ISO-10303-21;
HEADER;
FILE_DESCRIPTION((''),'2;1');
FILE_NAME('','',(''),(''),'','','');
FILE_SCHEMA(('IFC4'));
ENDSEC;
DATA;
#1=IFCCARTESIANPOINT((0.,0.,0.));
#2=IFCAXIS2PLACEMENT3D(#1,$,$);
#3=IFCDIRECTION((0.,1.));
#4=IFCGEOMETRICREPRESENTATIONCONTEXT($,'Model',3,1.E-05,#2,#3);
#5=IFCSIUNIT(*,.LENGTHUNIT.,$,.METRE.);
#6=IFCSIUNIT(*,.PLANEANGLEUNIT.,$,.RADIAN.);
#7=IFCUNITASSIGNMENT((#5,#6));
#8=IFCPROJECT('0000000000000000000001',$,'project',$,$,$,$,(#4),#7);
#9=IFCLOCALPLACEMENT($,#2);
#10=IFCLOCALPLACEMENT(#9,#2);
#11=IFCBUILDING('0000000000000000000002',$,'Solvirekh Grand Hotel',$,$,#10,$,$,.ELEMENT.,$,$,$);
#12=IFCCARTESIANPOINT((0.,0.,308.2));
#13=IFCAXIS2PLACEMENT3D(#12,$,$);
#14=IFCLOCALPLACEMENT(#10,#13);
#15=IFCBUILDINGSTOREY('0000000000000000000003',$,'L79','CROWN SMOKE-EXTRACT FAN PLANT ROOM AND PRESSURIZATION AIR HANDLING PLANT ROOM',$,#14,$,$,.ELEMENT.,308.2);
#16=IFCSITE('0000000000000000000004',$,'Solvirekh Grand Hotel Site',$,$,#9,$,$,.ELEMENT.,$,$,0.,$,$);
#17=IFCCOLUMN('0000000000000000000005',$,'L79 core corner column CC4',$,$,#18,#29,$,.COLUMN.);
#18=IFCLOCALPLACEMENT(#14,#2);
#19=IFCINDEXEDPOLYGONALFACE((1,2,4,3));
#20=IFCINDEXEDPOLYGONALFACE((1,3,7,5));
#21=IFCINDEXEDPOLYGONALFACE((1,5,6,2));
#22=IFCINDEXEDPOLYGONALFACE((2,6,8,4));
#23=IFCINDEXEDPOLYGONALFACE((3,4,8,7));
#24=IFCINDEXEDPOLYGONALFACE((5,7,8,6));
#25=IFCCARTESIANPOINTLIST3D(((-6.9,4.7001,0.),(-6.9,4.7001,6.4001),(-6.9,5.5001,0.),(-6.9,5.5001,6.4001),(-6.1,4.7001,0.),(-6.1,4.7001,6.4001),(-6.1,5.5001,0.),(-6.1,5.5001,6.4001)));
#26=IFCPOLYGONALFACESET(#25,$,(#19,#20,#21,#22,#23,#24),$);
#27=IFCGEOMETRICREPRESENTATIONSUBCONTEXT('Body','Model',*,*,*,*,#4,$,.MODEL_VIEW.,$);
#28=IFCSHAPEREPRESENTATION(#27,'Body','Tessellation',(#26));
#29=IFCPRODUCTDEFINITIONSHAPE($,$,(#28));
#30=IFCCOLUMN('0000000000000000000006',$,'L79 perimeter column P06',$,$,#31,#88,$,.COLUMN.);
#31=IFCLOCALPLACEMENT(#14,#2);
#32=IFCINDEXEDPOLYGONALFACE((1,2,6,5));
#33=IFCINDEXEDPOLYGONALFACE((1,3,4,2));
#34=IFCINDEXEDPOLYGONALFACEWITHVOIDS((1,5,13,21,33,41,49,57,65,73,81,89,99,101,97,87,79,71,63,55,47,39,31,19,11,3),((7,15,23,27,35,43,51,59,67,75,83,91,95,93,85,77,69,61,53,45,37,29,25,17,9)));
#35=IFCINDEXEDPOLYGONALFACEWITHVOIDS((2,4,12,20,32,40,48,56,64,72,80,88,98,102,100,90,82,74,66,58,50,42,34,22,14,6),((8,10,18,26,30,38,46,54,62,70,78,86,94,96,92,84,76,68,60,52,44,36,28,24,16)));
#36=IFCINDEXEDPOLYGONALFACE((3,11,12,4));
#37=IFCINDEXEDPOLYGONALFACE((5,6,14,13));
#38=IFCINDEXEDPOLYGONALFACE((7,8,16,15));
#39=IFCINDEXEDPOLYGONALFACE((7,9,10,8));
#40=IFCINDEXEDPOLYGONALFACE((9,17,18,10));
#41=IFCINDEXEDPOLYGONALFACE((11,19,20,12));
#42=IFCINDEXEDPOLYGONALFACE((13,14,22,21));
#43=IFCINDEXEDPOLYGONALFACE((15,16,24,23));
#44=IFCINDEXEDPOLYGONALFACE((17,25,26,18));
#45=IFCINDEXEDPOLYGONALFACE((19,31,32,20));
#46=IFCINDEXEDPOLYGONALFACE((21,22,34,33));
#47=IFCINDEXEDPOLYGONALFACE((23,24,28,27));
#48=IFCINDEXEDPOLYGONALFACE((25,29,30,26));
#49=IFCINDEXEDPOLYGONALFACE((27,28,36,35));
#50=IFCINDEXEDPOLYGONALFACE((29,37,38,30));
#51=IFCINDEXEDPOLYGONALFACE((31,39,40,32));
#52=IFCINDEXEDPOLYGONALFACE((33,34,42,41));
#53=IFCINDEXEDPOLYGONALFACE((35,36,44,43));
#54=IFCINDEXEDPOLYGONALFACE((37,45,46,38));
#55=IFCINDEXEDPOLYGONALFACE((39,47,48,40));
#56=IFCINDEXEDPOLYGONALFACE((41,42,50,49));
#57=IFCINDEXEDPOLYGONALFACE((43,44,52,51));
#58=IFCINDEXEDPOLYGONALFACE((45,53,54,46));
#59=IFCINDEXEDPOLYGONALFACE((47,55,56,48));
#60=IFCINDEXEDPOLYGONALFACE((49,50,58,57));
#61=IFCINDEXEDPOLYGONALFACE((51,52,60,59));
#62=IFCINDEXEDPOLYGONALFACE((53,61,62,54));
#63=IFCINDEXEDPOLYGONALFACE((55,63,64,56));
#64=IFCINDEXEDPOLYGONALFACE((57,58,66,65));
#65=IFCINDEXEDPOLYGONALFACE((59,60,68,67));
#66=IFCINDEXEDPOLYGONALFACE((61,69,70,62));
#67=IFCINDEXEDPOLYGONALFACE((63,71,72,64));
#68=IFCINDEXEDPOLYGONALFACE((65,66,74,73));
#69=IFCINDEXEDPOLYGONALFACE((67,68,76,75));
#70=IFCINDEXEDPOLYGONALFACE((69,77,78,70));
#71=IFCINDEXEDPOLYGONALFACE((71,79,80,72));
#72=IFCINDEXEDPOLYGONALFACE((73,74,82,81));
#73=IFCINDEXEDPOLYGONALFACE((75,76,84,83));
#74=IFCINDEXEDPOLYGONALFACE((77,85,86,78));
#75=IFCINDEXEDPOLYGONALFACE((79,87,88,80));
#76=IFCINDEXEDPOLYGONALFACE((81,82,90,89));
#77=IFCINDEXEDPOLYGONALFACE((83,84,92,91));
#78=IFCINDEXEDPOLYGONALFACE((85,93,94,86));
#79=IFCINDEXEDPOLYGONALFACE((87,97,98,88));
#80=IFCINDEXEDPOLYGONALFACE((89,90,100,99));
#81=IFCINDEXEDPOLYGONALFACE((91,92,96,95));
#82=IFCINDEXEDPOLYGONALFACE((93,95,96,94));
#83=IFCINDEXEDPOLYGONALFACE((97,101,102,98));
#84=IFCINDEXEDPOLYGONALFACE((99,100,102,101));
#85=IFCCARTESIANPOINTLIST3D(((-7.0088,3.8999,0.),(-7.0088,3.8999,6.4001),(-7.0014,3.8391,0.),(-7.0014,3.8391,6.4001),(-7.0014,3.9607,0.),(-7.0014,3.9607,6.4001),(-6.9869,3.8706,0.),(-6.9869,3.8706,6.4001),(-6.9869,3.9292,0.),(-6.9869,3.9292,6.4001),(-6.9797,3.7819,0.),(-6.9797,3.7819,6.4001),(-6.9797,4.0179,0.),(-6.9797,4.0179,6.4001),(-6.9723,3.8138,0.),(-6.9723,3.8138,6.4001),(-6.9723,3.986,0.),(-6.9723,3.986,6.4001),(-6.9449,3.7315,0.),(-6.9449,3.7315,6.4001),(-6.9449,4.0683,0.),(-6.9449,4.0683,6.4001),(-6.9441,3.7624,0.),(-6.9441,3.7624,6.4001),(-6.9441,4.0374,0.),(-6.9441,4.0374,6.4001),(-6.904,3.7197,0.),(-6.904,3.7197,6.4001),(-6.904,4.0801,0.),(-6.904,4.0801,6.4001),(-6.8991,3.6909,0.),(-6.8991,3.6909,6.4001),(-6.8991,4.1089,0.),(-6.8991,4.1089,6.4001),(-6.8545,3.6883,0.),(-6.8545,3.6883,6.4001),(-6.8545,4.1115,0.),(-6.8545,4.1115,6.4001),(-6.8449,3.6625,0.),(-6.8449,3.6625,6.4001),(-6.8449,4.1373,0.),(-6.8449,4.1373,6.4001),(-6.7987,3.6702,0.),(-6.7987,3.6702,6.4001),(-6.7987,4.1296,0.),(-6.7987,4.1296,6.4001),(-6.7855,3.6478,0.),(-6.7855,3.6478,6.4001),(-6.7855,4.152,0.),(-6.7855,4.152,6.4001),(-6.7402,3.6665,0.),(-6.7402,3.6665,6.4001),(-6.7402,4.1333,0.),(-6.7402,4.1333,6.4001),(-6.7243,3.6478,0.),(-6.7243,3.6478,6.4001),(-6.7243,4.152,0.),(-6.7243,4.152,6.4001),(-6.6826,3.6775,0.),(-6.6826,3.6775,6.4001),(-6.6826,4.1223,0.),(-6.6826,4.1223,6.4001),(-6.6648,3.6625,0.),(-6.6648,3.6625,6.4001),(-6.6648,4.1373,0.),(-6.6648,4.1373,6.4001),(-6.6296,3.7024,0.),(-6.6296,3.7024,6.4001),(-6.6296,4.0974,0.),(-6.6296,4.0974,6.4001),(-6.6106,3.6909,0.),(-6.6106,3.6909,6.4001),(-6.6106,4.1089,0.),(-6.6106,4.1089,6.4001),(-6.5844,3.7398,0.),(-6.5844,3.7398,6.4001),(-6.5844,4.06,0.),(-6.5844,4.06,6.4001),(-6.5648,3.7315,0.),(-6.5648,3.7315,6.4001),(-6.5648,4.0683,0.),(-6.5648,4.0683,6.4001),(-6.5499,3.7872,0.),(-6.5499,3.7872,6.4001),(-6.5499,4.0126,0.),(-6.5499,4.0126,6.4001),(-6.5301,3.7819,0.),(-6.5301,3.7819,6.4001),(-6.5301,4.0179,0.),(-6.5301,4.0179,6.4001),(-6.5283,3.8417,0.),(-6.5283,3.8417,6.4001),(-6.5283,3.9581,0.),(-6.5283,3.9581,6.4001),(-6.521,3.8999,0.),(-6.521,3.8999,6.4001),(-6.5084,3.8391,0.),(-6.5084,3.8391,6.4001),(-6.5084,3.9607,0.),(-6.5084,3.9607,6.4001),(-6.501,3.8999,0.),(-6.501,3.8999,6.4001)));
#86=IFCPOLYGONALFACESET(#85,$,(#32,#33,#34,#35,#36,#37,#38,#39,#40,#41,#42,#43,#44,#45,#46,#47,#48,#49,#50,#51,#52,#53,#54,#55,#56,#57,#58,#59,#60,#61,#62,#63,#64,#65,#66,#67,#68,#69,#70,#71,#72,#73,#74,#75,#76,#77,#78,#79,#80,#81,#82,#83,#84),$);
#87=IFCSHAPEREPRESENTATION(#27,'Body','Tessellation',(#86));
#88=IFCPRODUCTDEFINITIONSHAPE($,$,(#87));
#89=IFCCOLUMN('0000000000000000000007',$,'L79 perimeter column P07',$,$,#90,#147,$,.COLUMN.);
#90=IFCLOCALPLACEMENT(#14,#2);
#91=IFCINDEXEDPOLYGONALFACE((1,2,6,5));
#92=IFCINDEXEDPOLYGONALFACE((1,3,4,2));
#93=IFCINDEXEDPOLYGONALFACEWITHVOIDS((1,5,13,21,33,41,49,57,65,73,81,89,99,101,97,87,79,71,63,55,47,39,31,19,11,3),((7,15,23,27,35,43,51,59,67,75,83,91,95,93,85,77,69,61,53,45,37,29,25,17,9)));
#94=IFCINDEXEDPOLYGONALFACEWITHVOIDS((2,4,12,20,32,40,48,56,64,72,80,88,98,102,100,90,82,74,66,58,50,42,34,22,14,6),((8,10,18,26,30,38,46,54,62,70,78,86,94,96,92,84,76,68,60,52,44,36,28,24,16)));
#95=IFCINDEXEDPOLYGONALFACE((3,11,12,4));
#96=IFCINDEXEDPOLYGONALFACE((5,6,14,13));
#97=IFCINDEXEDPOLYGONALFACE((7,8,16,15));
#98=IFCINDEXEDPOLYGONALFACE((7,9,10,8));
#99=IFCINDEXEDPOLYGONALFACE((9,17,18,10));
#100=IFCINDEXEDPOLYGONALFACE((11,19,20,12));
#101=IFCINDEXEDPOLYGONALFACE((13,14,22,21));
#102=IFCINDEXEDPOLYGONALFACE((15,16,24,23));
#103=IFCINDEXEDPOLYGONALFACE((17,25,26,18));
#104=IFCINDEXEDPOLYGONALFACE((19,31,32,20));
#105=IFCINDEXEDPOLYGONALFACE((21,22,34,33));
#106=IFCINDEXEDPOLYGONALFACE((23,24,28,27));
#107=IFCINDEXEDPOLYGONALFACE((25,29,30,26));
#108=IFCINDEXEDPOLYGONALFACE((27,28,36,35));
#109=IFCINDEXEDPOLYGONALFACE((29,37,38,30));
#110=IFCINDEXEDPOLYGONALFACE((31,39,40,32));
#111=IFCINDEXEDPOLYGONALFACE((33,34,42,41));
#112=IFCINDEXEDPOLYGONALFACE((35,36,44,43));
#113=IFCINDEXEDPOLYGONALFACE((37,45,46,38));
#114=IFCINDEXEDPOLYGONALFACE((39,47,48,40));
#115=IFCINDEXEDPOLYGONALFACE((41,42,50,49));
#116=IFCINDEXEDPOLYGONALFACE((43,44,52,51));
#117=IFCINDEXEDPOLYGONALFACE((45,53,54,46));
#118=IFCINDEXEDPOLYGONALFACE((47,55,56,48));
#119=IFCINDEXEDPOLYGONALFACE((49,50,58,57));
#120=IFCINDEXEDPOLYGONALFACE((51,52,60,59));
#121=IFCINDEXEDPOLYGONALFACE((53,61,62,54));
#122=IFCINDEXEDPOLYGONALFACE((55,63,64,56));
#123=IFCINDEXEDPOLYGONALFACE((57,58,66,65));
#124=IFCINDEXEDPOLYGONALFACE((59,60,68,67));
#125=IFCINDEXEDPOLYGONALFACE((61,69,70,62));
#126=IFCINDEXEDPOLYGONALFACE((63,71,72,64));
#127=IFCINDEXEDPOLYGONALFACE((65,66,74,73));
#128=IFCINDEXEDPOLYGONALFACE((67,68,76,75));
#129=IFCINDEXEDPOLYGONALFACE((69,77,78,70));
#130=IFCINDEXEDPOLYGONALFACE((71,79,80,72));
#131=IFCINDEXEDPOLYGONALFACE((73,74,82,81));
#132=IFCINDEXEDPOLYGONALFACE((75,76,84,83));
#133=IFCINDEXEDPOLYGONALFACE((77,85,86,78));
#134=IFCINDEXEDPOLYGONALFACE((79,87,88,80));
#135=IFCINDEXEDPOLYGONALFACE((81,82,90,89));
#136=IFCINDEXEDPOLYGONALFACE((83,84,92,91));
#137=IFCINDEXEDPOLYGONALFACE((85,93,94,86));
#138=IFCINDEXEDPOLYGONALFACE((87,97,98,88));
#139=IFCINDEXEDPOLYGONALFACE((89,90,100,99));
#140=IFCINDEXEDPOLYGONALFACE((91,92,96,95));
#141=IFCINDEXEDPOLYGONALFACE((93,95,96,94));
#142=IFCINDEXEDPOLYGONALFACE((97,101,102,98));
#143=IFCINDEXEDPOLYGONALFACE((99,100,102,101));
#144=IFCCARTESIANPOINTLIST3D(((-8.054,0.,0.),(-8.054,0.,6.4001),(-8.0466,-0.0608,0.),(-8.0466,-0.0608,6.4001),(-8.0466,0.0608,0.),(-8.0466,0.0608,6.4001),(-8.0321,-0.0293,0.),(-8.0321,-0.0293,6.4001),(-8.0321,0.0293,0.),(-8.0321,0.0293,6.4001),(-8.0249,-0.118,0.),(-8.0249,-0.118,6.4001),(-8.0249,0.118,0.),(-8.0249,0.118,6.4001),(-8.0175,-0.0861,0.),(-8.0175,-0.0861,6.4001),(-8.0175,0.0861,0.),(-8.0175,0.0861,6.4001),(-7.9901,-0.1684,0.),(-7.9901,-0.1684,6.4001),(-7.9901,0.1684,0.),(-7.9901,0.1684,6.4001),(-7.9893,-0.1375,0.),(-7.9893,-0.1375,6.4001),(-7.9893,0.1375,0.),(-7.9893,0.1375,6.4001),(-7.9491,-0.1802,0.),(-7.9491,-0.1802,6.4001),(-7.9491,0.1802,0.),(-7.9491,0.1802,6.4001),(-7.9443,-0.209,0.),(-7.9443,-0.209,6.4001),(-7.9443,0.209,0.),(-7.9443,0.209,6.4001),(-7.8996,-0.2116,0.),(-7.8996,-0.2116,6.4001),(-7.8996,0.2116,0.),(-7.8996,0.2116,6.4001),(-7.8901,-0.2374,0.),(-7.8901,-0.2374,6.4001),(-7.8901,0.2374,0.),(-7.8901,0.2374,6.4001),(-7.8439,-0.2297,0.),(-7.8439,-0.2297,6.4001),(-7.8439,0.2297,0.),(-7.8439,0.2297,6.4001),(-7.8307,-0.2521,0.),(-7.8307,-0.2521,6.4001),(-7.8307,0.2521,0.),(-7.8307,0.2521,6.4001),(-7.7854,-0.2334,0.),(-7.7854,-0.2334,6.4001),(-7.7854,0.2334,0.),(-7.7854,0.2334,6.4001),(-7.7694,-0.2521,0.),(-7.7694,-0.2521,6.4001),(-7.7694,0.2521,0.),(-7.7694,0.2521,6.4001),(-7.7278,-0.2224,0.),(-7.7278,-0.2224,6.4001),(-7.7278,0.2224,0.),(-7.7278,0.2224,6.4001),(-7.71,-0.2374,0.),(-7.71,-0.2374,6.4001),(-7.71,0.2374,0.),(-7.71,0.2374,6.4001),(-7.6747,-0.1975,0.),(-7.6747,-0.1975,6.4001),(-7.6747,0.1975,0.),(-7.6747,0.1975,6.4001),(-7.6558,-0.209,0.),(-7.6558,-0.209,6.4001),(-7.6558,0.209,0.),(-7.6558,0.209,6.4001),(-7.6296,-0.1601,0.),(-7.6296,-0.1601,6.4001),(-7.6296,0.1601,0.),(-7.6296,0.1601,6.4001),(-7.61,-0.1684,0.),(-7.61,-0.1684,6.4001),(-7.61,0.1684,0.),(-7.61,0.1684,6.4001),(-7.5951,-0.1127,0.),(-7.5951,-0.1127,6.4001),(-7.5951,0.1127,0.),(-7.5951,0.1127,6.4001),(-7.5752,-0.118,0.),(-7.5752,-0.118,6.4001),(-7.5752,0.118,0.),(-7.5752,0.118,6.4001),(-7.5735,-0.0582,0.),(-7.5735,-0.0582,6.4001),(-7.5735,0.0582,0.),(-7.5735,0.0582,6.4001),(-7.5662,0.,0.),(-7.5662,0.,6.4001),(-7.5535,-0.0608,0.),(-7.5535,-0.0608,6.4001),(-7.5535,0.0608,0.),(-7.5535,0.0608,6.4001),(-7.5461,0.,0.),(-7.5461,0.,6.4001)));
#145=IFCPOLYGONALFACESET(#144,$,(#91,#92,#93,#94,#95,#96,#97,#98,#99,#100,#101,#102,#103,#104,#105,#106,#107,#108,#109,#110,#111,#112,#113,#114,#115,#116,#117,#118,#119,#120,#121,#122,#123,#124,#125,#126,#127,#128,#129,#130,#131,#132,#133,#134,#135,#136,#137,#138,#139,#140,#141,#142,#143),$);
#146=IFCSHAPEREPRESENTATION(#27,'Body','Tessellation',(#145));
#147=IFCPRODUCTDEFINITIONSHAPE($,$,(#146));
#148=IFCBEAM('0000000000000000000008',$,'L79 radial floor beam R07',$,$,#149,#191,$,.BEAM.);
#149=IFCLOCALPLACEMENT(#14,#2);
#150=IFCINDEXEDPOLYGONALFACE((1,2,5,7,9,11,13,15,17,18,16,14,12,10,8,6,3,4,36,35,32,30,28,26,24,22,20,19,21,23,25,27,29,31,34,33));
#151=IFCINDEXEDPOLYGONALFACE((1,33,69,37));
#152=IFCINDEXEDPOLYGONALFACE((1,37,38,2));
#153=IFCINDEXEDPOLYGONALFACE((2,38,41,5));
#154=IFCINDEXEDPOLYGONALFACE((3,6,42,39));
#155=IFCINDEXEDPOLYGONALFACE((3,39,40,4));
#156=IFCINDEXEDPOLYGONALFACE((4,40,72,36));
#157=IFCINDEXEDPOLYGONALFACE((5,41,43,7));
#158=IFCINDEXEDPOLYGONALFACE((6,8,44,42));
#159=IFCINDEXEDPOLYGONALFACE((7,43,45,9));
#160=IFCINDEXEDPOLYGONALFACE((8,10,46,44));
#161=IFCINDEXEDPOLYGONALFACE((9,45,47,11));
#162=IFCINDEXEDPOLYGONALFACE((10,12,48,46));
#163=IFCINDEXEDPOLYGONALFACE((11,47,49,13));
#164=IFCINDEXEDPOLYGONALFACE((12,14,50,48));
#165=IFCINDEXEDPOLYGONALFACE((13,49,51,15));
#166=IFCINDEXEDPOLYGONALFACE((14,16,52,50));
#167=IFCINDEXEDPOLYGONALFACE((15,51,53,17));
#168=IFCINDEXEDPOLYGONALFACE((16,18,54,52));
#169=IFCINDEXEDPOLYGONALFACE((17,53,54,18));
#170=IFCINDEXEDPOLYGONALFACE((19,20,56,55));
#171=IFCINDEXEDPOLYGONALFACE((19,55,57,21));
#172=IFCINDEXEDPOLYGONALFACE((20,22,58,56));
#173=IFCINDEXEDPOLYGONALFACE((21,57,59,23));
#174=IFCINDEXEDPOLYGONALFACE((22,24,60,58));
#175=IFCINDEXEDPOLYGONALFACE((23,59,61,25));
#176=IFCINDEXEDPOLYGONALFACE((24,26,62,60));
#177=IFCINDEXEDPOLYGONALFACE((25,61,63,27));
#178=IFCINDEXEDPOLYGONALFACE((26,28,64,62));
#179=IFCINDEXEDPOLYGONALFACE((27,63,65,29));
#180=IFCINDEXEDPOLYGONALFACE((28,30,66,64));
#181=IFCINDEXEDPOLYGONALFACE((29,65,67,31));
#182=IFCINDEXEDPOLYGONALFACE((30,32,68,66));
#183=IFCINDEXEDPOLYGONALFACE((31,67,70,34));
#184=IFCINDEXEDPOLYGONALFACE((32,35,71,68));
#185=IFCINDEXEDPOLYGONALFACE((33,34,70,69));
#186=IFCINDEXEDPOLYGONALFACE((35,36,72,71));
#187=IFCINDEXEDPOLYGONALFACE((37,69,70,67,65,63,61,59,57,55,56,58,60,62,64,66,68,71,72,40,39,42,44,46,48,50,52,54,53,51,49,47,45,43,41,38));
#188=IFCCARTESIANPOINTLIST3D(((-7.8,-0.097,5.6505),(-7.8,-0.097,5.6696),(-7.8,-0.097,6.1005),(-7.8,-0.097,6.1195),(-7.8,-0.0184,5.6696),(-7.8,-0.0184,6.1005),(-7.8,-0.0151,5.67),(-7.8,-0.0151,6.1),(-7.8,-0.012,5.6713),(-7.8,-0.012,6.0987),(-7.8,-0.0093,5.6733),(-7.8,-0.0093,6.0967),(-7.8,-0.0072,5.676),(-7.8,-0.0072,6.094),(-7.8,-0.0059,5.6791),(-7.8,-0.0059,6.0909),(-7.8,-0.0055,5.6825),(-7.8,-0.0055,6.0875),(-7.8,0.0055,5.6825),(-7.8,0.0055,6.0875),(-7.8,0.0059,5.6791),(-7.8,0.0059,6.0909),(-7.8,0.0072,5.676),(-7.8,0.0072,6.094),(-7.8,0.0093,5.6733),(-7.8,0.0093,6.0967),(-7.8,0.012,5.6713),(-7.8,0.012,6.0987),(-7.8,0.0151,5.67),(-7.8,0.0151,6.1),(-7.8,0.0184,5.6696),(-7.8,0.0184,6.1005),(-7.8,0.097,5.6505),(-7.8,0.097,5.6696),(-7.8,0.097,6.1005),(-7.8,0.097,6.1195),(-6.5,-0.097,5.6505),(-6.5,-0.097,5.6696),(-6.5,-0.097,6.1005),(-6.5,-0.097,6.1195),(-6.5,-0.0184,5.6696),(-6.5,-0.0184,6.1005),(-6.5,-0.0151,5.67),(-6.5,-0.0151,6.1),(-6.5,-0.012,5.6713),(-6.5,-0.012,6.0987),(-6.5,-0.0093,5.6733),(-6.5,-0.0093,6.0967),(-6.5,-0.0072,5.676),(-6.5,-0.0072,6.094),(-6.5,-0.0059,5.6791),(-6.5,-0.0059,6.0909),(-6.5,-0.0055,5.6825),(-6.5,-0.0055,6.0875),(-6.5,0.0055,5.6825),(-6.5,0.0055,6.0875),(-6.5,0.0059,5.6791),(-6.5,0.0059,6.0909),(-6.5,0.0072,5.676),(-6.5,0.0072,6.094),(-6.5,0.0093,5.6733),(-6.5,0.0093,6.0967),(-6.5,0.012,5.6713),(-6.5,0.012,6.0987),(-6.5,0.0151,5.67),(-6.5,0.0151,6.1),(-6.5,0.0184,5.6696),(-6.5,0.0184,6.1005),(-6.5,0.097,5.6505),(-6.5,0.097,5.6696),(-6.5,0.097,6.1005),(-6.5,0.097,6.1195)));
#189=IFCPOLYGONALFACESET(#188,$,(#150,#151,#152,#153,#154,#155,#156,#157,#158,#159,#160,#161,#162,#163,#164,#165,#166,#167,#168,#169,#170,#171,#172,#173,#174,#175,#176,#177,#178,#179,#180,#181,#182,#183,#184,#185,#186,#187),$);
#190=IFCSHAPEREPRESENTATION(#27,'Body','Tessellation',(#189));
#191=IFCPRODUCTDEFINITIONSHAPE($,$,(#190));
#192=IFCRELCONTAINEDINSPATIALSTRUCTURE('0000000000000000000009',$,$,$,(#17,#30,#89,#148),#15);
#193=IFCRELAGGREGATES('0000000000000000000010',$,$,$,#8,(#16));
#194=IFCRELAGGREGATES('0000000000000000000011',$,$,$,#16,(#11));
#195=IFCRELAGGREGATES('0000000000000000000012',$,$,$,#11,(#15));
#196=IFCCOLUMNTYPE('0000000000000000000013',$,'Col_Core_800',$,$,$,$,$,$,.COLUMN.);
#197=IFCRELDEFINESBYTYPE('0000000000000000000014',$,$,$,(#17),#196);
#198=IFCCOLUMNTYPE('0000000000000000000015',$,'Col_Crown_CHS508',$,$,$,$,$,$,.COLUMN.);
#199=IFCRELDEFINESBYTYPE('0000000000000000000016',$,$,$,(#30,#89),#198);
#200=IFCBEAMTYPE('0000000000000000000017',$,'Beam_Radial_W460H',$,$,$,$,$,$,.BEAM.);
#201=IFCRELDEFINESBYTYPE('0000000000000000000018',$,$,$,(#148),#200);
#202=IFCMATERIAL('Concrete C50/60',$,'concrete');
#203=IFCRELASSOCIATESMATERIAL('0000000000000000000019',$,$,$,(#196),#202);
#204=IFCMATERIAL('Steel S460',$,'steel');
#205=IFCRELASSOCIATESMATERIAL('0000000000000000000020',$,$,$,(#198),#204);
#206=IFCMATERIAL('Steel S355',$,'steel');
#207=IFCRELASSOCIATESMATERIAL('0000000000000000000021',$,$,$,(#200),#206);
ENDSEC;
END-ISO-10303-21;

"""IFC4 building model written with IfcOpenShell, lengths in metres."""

from ifc_helpers import new_model, si_unit, direction, frame, origin, origin_2d, place, context, subcontext, project, spatial, rectangle, hollow_circle, i_section, extrude, material, material_profile, profile_set, type_object, element, save


model = new_model("IFC4")

# Units and contexts
model_context = context("Model", 3, precision=1e-05, world=origin(), true_north=direction((0.0, 1.0)))
body_context = subcontext(model_context, "Body", "Model", "MODEL_VIEW")
ifc_project = project(units=[si_unit("LENGTHUNIT", "METRE"), si_unit("PLANEANGLEUNIT", "RADIAN")], contexts=[model_context])

# Site, building, storey
site_placement = place(None, origin())
site = spatial("IfcSite", under=ifc_project, at=site_placement, Name="Solvirekh Grand Hotel Site", CompositionType="ELEMENT", RefElevation=0.0)
building_placement = place(site_placement, origin())
building = spatial("IfcBuilding", under=site, at=building_placement, Name="Solvirekh Grand Hotel", CompositionType="ELEMENT")
storey_placement = place(building_placement, frame((0.0, 0.0, 308.2)))
storey = spatial("IfcBuildingStorey", under=building, at=storey_placement, Name="L79", Description="CROWN SMOKE-EXTRACT FAN PLANT ROOM AND PRESSURIZATION AIR HANDLING PLANT ROOM", CompositionType="ELEMENT", Elevation=308.2)

# Columns
ifc_material_1 = material(Name="Concrete C50/60", Category="concrete")
ifc_material_profile_1 = material_profile(ifc_material_1, rectangle(XDim=0.8, YDim=0.8, at=origin_2d()), Name="RC 800X800")
ifc_profile_set_1 = profile_set([ifc_material_profile_1], Name="Concrete C50/60")
column_type_1 = type_object("IfcColumnType", Name="Col_Core_800", PredefinedType="COLUMN", material=ifc_profile_set_1)
column_placement = place(storey_placement, frame((-6.5, 5.1001, 0.0), z_axis=(0.0, 0.0, 1.0), x_axis=(1.0, 0.0, 0.0)))
element("IfcColumn", 1, at=column_placement, inside=storey, type_object=column_type_1, Name="L79 core corner column CC4", PredefinedType="COLUMN", context=body_context, shape_type="SweptSolid", body=[
    extrude(rectangle(XDim=0.8, YDim=0.8, at=origin_2d()), origin(), (0.0, 0.0, 1.0), 6.4001),
])
ifc_material_2 = material(Name="Steel S460", Category="steel")
ifc_material_profile_2 = material_profile(ifc_material_2, hollow_circle(Radius=0.2539, WallThickness=0.02, at=origin_2d()), Name="CHS 508X20")
ifc_profile_set_2 = profile_set([ifc_material_profile_2], Name="Steel S460")
column_type_2 = type_object("IfcColumnType", Name="Col_Crown_CHS508", PredefinedType="COLUMN", material=ifc_profile_set_2)
for number, where, z_axis, x_axis, name in (
    (2, (-6.7549, 3.8999, 0.0), (0.0, 0.0, 1.0), (1.0, 0.0, 0.0), "L79 perimeter column P06"),
    (3, (-7.8, 0.0, 0.0), (0.0, 0.0, 1.0), (1.0, 0.0, 0.0), "L79 perimeter column P07"),
):
    element("IfcColumn", number, at=place(storey_placement, frame(where, z_axis=z_axis, x_axis=x_axis)), inside=storey, type_object=column_type_2, Name=name, PredefinedType="COLUMN", context=body_context, shape_type="SweptSolid", body=[
        extrude(hollow_circle(Radius=0.2539, WallThickness=0.02, at=origin_2d()), origin(), (0.0, 0.0, 1.0), 6.4001),
    ])

# Beam
ifc_material_3 = material(Name="Steel S355", Category="steel")
ifc_material_profile_3 = material_profile(ifc_material_3, i_section(OverallWidth=0.1941, OverallDepth=0.469, WebThickness=0.011, FlangeThickness=0.019, FilletRadius=0.0129, at=origin_2d()), Name="W460X106")
ifc_profile_set_3 = profile_set([ifc_material_profile_3], Name="Steel S355")
beam_type_1 = type_object("IfcBeamType", Name="Beam_Radial_W460H", PredefinedType="BEAM", material=ifc_profile_set_3)
beam_placement = place(storey_placement, frame((-6.5, 0.0, 5.885), z_axis=(-1.0, 0.0, 0.0), x_axis=(0.0, -1.0, 0.0)))
element("IfcBeam", 4, at=beam_placement, inside=storey, type_object=beam_type_1, Name="L79 radial floor beam R07", PredefinedType="BEAM", context=body_context, shape_type="SweptSolid", body=[
    extrude(i_section(OverallWidth=0.1941, OverallDepth=0.469, WebThickness=0.011, FlangeThickness=0.019, FilletRadius=0.0129, at=origin_2d()), origin(), (0.0, 0.0, 1.0), 1.3),
])

save(model, "model.ifc")
